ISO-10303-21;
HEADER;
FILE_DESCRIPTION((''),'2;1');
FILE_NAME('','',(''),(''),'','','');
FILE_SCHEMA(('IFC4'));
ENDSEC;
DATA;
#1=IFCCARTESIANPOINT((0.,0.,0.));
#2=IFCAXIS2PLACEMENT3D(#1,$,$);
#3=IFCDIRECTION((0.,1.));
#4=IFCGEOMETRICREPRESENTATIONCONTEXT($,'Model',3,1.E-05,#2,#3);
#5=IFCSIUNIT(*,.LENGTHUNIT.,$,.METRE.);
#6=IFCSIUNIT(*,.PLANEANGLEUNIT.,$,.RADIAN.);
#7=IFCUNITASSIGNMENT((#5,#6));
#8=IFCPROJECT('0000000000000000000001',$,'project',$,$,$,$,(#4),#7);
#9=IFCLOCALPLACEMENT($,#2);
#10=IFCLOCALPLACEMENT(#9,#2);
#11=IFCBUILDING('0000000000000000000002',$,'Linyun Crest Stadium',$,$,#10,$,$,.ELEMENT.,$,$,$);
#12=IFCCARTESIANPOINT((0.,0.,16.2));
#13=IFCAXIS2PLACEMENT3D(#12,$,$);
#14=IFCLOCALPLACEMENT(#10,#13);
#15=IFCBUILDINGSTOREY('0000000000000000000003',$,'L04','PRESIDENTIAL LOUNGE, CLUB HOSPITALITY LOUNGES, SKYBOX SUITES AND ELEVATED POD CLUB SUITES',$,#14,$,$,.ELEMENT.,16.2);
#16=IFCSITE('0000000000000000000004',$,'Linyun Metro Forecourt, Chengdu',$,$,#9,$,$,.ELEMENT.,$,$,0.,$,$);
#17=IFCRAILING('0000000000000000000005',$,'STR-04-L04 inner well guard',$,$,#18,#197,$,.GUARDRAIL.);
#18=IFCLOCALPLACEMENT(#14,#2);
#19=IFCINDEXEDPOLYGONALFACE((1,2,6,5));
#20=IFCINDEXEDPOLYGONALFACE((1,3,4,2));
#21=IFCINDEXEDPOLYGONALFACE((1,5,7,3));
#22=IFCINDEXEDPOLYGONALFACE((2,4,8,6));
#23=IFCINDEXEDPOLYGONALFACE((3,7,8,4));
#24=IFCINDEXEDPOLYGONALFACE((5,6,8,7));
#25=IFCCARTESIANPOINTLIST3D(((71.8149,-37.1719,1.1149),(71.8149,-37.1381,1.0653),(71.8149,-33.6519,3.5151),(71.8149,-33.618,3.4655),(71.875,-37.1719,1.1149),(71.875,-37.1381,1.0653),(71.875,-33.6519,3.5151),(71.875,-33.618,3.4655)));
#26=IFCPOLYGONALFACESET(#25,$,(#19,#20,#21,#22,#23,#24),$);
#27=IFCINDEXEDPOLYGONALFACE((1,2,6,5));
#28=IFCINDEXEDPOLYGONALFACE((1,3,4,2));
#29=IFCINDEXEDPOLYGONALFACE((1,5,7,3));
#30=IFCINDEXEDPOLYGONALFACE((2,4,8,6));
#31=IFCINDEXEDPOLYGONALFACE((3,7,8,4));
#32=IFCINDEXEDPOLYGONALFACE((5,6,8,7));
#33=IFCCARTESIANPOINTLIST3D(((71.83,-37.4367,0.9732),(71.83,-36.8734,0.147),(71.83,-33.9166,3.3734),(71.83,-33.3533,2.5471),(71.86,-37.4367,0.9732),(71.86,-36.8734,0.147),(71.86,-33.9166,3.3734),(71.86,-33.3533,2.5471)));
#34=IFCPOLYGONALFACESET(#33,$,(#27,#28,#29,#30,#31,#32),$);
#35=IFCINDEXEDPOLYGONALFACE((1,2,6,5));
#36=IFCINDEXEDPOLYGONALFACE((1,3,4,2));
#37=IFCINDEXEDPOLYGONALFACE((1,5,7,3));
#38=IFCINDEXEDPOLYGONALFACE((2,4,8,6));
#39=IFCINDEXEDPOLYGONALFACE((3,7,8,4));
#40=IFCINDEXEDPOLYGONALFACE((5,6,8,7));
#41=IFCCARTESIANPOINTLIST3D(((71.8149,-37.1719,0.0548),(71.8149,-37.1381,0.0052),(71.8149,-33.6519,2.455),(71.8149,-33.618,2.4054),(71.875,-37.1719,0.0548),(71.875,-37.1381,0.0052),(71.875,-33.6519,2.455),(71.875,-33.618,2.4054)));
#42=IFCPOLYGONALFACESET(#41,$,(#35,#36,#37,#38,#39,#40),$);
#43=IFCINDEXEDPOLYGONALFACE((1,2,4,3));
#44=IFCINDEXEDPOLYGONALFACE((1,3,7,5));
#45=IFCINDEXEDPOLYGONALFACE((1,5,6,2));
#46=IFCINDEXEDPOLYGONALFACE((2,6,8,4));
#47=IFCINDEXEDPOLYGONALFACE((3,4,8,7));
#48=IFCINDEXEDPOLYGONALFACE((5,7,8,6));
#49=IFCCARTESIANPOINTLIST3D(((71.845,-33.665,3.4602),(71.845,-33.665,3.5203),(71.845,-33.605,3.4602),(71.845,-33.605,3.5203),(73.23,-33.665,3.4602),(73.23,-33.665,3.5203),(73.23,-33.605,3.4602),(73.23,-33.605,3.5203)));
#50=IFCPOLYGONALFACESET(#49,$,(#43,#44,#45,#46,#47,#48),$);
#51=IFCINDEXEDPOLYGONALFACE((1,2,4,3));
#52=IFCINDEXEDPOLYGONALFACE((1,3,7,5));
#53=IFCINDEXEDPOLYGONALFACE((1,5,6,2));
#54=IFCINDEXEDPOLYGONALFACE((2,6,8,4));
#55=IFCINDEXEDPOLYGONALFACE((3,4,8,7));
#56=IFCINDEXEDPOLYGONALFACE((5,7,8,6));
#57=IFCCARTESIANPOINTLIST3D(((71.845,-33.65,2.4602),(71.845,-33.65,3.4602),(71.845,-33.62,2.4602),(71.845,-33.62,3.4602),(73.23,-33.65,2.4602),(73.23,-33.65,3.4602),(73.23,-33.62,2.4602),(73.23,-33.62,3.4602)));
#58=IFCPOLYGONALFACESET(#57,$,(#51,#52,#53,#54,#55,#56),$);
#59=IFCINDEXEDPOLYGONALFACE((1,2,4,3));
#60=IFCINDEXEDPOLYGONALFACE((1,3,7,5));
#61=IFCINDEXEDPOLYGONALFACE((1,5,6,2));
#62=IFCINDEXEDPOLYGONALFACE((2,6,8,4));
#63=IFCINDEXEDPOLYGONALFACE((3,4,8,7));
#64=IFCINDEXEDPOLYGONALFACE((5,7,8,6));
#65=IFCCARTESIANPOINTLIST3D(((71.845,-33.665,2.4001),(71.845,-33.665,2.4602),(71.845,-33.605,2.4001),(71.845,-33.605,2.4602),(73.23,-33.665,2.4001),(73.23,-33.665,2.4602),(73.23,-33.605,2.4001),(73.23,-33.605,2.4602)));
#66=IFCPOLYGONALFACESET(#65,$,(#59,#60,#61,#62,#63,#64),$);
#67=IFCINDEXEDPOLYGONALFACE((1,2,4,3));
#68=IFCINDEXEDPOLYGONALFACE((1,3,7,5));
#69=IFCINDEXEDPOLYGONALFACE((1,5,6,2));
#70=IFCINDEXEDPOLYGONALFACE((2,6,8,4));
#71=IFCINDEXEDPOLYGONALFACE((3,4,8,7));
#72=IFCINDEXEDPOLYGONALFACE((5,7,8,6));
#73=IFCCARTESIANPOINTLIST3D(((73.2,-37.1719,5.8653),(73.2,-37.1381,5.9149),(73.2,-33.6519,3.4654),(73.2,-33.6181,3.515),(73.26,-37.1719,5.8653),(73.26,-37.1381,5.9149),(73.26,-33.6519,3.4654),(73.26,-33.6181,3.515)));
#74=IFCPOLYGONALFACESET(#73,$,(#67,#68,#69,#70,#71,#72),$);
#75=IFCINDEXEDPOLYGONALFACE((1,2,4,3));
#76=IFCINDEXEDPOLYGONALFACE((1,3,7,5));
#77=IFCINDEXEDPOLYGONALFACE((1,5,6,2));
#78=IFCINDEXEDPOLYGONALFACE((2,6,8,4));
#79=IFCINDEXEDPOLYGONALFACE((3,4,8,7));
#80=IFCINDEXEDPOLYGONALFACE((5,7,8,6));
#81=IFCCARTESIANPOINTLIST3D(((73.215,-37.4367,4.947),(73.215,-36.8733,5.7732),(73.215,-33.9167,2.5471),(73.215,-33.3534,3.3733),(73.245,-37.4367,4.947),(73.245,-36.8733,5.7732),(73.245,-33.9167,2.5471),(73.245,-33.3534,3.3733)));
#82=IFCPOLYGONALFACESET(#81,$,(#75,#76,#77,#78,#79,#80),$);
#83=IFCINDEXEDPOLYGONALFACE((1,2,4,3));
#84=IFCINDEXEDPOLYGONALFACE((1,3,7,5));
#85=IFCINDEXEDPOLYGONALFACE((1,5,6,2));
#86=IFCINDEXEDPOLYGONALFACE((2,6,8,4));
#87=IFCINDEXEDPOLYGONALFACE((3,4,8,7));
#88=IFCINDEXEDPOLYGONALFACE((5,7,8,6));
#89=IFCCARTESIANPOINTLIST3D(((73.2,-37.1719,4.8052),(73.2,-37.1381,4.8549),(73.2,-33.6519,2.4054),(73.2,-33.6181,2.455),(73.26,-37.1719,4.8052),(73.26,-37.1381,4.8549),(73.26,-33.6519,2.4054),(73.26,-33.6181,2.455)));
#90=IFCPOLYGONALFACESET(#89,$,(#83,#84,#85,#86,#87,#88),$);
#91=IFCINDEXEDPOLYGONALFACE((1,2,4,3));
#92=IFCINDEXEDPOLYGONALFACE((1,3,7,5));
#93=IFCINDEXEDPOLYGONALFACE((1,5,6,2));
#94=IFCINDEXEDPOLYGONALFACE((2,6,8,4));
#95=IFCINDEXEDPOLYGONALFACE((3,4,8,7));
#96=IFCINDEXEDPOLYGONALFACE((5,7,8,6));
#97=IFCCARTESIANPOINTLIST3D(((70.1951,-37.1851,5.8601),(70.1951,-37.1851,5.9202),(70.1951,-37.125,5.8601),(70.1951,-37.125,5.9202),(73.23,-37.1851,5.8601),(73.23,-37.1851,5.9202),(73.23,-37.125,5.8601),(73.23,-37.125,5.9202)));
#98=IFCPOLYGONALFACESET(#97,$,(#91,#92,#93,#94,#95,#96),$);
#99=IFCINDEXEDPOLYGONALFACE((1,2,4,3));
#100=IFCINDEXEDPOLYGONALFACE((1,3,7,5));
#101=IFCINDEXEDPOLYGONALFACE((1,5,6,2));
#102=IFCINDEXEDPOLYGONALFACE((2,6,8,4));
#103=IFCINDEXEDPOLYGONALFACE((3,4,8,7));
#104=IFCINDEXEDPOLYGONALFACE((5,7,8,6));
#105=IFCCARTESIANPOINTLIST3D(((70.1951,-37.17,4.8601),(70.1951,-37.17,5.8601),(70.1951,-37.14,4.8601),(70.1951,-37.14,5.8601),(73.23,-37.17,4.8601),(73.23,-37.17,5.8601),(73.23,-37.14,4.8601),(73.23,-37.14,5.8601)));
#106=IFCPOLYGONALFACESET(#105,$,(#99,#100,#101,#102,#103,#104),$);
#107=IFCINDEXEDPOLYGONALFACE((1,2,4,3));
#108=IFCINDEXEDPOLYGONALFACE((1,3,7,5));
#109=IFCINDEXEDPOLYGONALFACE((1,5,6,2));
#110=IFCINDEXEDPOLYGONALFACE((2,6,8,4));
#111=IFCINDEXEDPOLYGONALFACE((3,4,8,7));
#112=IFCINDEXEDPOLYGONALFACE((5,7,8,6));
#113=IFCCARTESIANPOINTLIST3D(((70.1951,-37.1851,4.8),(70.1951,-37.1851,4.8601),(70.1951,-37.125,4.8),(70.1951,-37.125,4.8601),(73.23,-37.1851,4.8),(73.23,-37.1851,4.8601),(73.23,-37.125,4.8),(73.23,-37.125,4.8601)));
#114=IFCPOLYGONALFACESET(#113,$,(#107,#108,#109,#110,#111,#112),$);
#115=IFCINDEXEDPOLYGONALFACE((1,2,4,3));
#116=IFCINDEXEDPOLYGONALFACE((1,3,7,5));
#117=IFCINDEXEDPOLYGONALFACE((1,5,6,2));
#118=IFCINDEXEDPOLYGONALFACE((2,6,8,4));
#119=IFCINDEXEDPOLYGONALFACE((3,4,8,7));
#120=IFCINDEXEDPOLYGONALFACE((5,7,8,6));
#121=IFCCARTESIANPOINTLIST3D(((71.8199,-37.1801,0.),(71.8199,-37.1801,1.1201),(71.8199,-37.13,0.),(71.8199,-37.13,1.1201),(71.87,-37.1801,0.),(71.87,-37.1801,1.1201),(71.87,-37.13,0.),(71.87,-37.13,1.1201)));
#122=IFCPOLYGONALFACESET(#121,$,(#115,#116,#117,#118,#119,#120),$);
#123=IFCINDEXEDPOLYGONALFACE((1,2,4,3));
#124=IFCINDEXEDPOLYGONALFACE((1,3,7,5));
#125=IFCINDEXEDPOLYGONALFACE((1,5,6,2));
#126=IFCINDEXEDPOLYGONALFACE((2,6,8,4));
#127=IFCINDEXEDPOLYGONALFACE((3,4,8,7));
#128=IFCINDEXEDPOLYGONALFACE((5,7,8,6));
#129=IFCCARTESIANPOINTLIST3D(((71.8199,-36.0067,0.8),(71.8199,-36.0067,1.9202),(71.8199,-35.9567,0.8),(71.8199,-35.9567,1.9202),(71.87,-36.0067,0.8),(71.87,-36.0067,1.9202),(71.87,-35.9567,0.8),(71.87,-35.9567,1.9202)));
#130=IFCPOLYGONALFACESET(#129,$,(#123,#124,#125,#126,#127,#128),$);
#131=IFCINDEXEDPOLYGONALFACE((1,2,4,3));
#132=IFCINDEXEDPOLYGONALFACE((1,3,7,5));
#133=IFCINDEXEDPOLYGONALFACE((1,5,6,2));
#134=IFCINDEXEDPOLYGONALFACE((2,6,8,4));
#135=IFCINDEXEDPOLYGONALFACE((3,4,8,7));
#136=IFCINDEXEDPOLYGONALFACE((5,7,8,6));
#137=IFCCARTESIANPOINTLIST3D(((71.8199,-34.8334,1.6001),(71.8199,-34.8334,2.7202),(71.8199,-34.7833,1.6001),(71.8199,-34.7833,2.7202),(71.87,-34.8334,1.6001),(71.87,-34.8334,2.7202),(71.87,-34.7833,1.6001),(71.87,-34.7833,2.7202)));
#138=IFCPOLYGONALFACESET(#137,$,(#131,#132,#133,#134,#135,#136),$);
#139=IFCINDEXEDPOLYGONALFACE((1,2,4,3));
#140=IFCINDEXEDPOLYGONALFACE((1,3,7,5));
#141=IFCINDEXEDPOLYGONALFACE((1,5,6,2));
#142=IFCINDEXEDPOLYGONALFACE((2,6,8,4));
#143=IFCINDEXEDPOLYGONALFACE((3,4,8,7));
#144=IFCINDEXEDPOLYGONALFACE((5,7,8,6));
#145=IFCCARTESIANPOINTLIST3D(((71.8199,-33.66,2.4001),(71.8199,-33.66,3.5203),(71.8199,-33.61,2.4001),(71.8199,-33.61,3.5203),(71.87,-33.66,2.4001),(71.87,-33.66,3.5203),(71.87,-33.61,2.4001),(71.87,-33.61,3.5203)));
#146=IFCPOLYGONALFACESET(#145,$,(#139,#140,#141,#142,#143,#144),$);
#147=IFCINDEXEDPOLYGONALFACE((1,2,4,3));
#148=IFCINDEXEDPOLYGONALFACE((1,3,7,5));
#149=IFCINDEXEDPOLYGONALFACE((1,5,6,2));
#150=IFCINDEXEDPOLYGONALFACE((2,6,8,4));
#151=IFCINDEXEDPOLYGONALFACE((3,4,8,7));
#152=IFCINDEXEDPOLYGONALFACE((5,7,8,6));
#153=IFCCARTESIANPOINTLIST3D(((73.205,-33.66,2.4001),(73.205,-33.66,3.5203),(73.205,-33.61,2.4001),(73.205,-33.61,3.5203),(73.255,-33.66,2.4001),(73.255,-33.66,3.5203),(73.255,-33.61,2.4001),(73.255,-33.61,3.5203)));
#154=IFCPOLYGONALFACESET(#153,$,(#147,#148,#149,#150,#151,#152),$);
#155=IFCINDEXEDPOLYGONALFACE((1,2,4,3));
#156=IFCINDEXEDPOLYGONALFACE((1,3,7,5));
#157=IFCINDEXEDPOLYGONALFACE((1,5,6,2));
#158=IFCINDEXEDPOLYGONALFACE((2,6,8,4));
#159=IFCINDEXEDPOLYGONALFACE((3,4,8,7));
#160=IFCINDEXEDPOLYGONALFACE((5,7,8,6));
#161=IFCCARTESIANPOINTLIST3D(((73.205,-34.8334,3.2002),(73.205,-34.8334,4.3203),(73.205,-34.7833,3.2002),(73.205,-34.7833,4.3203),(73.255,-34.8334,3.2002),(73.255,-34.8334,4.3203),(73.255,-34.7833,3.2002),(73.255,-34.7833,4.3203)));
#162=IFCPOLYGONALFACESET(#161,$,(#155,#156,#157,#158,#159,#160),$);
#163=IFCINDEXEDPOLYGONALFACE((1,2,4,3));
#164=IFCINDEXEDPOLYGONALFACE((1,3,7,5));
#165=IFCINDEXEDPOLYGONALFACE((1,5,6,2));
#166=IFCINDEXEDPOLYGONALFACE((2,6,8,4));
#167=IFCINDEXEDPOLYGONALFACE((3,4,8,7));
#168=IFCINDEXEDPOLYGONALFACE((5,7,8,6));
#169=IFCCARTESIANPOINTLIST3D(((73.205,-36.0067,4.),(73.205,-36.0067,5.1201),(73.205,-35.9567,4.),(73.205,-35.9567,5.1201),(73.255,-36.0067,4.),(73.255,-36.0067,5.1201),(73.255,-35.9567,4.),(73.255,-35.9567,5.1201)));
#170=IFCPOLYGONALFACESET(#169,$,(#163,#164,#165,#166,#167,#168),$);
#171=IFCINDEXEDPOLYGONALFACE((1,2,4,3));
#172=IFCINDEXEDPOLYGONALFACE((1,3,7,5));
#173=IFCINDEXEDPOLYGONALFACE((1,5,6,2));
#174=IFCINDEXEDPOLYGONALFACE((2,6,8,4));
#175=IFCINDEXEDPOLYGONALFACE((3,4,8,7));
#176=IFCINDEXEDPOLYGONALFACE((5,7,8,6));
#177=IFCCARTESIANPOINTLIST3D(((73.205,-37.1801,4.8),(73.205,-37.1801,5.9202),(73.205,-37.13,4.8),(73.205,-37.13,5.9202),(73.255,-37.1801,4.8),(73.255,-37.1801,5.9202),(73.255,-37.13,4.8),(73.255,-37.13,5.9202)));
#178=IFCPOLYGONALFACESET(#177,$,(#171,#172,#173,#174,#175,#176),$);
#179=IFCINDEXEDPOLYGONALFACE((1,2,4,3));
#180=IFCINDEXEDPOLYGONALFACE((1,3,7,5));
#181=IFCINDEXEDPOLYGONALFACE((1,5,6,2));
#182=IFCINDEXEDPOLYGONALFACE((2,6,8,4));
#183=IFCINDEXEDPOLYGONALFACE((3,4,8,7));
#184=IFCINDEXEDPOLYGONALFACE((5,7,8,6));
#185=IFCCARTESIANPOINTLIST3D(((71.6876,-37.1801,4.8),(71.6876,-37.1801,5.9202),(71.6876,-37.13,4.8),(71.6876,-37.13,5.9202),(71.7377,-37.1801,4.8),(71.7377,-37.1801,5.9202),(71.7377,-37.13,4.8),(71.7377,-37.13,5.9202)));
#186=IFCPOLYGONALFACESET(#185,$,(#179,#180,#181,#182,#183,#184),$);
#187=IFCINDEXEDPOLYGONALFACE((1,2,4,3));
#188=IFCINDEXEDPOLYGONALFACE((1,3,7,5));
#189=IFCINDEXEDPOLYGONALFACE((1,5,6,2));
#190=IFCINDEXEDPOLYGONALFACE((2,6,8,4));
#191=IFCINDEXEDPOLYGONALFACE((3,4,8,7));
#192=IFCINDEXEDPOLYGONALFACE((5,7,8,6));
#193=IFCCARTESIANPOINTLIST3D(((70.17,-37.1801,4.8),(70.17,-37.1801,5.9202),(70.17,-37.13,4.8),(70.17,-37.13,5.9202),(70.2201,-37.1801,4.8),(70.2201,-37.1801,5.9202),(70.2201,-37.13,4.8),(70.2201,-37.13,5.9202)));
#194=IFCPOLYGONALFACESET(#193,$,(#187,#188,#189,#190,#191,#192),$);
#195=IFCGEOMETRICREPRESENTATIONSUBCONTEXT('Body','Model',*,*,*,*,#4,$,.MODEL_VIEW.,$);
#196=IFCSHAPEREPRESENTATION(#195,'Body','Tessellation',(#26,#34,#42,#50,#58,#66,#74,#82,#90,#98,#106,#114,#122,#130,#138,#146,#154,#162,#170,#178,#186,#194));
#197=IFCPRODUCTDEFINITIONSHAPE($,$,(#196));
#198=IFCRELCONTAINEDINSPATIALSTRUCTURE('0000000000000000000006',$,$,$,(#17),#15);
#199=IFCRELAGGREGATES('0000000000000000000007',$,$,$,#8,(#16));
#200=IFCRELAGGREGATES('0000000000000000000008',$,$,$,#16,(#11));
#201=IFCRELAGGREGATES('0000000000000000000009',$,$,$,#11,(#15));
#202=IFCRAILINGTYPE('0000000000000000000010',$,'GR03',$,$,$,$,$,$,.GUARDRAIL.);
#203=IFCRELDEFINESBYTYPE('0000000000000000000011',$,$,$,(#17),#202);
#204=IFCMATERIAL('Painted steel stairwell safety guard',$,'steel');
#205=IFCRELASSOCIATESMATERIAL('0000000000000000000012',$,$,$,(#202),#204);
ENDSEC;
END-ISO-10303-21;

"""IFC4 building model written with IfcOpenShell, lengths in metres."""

from ifc_helpers import new_model, si_unit, direction, frame, origin, origin_2d, place, context, subcontext, project, spatial, rectangle, extrude, material, type_object, element, save


model = new_model("IFC4")

# Units and contexts
model_context = context("Model", 3, precision=1e-05, world=origin(), true_north=direction((0.0, 1.0)))
body_context = subcontext(model_context, "Body", "Model", "MODEL_VIEW")
ifc_project = project(units=[si_unit("LENGTHUNIT", "METRE"), si_unit("PLANEANGLEUNIT", "RADIAN")], contexts=[model_context])

# Site, building, storey
site_placement = place(None, origin())
site = spatial("IfcSite", under=ifc_project, at=site_placement, Name="Linyun Metro Forecourt, Chengdu", CompositionType="ELEMENT", RefElevation=0.0)
building_placement = place(site_placement, origin())
building = spatial("IfcBuilding", under=site, at=building_placement, Name="Linyun Crest Stadium", CompositionType="ELEMENT")
storey_placement = place(building_placement, frame((0.0, 0.0, 16.2)))
storey = spatial("IfcBuildingStorey", under=building, at=storey_placement, Name="L04", Description="PRESIDENTIAL LOUNGE, CLUB HOSPITALITY LOUNGES, SKYBOX SUITES AND ELEVATED POD CLUB SUITES", CompositionType="ELEMENT", Elevation=16.2)

# Railing
ifc_material_1 = material(Name="Painted steel stairwell safety guard", Category="steel")
railing_type_1 = type_object("IfcRailingType", Name="GR03", PredefinedType="GUARDRAIL", material=ifc_material_1)
railing_1_placement = place(storey_placement, frame((71.845, -37.155, 0.0)))
element("IfcRailing", 1, at=railing_1_placement, inside=storey, type_object=railing_type_1, Name="STR-04-L04 inner well guard", PredefinedType="GUARDRAIL", context=body_context, shape_type="SweptSolid", body=[
    extrude(rectangle(XDim=0.0601, YDim=0.0601, at=origin_2d()), frame((0.0, 0.0, 1.0901), z_axis=(0.0, 0.826213, 0.563358), x_axis=(-1.0, 0.0, 0.0)), (0.0, 0.0, 1.0), 4.2605),
    extrude(rectangle(XDim=0.03, YDim=1.0, at=origin_2d()), frame((0.0, 0.0, 0.5601), z_axis=(0.0, 0.826213, 0.563358), x_axis=(-1.0, 0.0, 0.0)), (0.0, 0.0, 1.0), 4.2605),
    extrude(rectangle(XDim=0.0601, YDim=0.0601, at=origin_2d()), frame((0.0, 0.0, 0.03), z_axis=(0.0, 0.826213, 0.563358), x_axis=(-1.0, 0.0, 0.0)), (0.0, 0.0, 1.0), 4.2605),
    extrude(rectangle(XDim=0.0601, YDim=0.0601, at=origin_2d()), frame((0.0, 3.52, 3.4902), z_axis=(1.0, 0.0, 0.0), x_axis=(0.0, 1.0, 0.0)), (0.0, 0.0, 1.0), 1.385),
    extrude(rectangle(XDim=0.03, YDim=1.0, at=origin_2d()), frame((0.0, 3.52, 2.9602), z_axis=(1.0, 0.0, 0.0), x_axis=(0.0, 1.0, 0.0)), (0.0, 0.0, 1.0), 1.385),
    extrude(rectangle(XDim=0.0601, YDim=0.0601, at=origin_2d()), frame((0.0, 3.52, 2.4302), z_axis=(1.0, 0.0, 0.0), x_axis=(0.0, 1.0, 0.0)), (0.0, 0.0, 1.0), 1.385),
    extrude(rectangle(XDim=0.0601, YDim=0.0601, at=origin_2d()), frame((1.385, 3.52, 3.4902), z_axis=(0.0, -0.826239, 0.563319), x_axis=(1.0, 0.0, 0.0)), (0.0, 0.0, 1.0), 4.2603),
    extrude(rectangle(XDim=0.03, YDim=1.0, at=origin_2d()), frame((1.385, 3.52, 2.9602), z_axis=(0.0, -0.826239, 0.563319), x_axis=(1.0, 0.0, 0.0)), (0.0, 0.0, 1.0), 4.2603),
    extrude(rectangle(XDim=0.0601, YDim=0.0601, at=origin_2d()), frame((1.385, 3.52, 2.4302), z_axis=(0.0, -0.826239, 0.563319), x_axis=(1.0, 0.0, 0.0)), (0.0, 0.0, 1.0), 4.2603),
    extrude(rectangle(XDim=0.0601, YDim=0.0601, at=origin_2d()), frame((1.385, 0.0, 5.8901), z_axis=(-1.0, 0.0, 0.0), x_axis=(0.0, -1.0, 0.0)), (0.0, 0.0, 1.0), 3.0349),
    extrude(rectangle(XDim=0.03, YDim=1.0, at=origin_2d()), frame((1.385, 0.0, 5.3601), z_axis=(-1.0, 0.0, 0.0), x_axis=(0.0, -1.0, 0.0)), (0.0, 0.0, 1.0), 3.0349),
    extrude(rectangle(XDim=0.0601, YDim=0.0601, at=origin_2d()), frame((1.385, 0.0, 4.8301), z_axis=(-1.0, 0.0, 0.0), x_axis=(0.0, -1.0, 0.0)), (0.0, 0.0, 1.0), 3.0349),
    extrude(rectangle(XDim=0.05, YDim=0.05, at=origin_2d()), origin(), (0.0, 0.0, 1.0), 1.1201),
    extrude(rectangle(XDim=0.05, YDim=0.05, at=origin_2d()), frame((0.0, 1.1733, 0.8)), (0.0, 0.0, 1.0), 1.1201),
    extrude(rectangle(XDim=0.05, YDim=0.05, at=origin_2d()), frame((0.0, 2.3467, 1.6001)), (0.0, 0.0, 1.0), 1.1201),
    extrude(rectangle(XDim=0.05, YDim=0.05, at=origin_2d()), frame((0.0, 3.52, 2.4001)), (0.0, 0.0, 1.0), 1.1201),
    extrude(rectangle(XDim=0.05, YDim=0.05, at=origin_2d()), frame((1.385, 3.52, 2.4001)), (0.0, 0.0, 1.0), 1.1201),
    extrude(rectangle(XDim=0.05, YDim=0.05, at=origin_2d()), frame((1.385, 2.3467, 3.2002)), (0.0, 0.0, 1.0), 1.1201),
    extrude(rectangle(XDim=0.05, YDim=0.05, at=origin_2d()), frame((1.385, 1.1733, 4.0)), (0.0, 0.0, 1.0), 1.1201),
    extrude(rectangle(XDim=0.05, YDim=0.05, at=origin_2d()), frame((1.385, 0.0, 4.8)), (0.0, 0.0, 1.0), 1.1201),
    extrude(rectangle(XDim=0.05, YDim=0.05, at=origin_2d()), frame((-0.1323, 0.0, 4.8)), (0.0, 0.0, 1.0), 1.1201),
    extrude(rectangle(XDim=0.05, YDim=0.05, at=origin_2d()), frame((-1.6499, 0.0, 4.8)), (0.0, 0.0, 1.0), 1.1201),
])

save(model, "model.ifc")
